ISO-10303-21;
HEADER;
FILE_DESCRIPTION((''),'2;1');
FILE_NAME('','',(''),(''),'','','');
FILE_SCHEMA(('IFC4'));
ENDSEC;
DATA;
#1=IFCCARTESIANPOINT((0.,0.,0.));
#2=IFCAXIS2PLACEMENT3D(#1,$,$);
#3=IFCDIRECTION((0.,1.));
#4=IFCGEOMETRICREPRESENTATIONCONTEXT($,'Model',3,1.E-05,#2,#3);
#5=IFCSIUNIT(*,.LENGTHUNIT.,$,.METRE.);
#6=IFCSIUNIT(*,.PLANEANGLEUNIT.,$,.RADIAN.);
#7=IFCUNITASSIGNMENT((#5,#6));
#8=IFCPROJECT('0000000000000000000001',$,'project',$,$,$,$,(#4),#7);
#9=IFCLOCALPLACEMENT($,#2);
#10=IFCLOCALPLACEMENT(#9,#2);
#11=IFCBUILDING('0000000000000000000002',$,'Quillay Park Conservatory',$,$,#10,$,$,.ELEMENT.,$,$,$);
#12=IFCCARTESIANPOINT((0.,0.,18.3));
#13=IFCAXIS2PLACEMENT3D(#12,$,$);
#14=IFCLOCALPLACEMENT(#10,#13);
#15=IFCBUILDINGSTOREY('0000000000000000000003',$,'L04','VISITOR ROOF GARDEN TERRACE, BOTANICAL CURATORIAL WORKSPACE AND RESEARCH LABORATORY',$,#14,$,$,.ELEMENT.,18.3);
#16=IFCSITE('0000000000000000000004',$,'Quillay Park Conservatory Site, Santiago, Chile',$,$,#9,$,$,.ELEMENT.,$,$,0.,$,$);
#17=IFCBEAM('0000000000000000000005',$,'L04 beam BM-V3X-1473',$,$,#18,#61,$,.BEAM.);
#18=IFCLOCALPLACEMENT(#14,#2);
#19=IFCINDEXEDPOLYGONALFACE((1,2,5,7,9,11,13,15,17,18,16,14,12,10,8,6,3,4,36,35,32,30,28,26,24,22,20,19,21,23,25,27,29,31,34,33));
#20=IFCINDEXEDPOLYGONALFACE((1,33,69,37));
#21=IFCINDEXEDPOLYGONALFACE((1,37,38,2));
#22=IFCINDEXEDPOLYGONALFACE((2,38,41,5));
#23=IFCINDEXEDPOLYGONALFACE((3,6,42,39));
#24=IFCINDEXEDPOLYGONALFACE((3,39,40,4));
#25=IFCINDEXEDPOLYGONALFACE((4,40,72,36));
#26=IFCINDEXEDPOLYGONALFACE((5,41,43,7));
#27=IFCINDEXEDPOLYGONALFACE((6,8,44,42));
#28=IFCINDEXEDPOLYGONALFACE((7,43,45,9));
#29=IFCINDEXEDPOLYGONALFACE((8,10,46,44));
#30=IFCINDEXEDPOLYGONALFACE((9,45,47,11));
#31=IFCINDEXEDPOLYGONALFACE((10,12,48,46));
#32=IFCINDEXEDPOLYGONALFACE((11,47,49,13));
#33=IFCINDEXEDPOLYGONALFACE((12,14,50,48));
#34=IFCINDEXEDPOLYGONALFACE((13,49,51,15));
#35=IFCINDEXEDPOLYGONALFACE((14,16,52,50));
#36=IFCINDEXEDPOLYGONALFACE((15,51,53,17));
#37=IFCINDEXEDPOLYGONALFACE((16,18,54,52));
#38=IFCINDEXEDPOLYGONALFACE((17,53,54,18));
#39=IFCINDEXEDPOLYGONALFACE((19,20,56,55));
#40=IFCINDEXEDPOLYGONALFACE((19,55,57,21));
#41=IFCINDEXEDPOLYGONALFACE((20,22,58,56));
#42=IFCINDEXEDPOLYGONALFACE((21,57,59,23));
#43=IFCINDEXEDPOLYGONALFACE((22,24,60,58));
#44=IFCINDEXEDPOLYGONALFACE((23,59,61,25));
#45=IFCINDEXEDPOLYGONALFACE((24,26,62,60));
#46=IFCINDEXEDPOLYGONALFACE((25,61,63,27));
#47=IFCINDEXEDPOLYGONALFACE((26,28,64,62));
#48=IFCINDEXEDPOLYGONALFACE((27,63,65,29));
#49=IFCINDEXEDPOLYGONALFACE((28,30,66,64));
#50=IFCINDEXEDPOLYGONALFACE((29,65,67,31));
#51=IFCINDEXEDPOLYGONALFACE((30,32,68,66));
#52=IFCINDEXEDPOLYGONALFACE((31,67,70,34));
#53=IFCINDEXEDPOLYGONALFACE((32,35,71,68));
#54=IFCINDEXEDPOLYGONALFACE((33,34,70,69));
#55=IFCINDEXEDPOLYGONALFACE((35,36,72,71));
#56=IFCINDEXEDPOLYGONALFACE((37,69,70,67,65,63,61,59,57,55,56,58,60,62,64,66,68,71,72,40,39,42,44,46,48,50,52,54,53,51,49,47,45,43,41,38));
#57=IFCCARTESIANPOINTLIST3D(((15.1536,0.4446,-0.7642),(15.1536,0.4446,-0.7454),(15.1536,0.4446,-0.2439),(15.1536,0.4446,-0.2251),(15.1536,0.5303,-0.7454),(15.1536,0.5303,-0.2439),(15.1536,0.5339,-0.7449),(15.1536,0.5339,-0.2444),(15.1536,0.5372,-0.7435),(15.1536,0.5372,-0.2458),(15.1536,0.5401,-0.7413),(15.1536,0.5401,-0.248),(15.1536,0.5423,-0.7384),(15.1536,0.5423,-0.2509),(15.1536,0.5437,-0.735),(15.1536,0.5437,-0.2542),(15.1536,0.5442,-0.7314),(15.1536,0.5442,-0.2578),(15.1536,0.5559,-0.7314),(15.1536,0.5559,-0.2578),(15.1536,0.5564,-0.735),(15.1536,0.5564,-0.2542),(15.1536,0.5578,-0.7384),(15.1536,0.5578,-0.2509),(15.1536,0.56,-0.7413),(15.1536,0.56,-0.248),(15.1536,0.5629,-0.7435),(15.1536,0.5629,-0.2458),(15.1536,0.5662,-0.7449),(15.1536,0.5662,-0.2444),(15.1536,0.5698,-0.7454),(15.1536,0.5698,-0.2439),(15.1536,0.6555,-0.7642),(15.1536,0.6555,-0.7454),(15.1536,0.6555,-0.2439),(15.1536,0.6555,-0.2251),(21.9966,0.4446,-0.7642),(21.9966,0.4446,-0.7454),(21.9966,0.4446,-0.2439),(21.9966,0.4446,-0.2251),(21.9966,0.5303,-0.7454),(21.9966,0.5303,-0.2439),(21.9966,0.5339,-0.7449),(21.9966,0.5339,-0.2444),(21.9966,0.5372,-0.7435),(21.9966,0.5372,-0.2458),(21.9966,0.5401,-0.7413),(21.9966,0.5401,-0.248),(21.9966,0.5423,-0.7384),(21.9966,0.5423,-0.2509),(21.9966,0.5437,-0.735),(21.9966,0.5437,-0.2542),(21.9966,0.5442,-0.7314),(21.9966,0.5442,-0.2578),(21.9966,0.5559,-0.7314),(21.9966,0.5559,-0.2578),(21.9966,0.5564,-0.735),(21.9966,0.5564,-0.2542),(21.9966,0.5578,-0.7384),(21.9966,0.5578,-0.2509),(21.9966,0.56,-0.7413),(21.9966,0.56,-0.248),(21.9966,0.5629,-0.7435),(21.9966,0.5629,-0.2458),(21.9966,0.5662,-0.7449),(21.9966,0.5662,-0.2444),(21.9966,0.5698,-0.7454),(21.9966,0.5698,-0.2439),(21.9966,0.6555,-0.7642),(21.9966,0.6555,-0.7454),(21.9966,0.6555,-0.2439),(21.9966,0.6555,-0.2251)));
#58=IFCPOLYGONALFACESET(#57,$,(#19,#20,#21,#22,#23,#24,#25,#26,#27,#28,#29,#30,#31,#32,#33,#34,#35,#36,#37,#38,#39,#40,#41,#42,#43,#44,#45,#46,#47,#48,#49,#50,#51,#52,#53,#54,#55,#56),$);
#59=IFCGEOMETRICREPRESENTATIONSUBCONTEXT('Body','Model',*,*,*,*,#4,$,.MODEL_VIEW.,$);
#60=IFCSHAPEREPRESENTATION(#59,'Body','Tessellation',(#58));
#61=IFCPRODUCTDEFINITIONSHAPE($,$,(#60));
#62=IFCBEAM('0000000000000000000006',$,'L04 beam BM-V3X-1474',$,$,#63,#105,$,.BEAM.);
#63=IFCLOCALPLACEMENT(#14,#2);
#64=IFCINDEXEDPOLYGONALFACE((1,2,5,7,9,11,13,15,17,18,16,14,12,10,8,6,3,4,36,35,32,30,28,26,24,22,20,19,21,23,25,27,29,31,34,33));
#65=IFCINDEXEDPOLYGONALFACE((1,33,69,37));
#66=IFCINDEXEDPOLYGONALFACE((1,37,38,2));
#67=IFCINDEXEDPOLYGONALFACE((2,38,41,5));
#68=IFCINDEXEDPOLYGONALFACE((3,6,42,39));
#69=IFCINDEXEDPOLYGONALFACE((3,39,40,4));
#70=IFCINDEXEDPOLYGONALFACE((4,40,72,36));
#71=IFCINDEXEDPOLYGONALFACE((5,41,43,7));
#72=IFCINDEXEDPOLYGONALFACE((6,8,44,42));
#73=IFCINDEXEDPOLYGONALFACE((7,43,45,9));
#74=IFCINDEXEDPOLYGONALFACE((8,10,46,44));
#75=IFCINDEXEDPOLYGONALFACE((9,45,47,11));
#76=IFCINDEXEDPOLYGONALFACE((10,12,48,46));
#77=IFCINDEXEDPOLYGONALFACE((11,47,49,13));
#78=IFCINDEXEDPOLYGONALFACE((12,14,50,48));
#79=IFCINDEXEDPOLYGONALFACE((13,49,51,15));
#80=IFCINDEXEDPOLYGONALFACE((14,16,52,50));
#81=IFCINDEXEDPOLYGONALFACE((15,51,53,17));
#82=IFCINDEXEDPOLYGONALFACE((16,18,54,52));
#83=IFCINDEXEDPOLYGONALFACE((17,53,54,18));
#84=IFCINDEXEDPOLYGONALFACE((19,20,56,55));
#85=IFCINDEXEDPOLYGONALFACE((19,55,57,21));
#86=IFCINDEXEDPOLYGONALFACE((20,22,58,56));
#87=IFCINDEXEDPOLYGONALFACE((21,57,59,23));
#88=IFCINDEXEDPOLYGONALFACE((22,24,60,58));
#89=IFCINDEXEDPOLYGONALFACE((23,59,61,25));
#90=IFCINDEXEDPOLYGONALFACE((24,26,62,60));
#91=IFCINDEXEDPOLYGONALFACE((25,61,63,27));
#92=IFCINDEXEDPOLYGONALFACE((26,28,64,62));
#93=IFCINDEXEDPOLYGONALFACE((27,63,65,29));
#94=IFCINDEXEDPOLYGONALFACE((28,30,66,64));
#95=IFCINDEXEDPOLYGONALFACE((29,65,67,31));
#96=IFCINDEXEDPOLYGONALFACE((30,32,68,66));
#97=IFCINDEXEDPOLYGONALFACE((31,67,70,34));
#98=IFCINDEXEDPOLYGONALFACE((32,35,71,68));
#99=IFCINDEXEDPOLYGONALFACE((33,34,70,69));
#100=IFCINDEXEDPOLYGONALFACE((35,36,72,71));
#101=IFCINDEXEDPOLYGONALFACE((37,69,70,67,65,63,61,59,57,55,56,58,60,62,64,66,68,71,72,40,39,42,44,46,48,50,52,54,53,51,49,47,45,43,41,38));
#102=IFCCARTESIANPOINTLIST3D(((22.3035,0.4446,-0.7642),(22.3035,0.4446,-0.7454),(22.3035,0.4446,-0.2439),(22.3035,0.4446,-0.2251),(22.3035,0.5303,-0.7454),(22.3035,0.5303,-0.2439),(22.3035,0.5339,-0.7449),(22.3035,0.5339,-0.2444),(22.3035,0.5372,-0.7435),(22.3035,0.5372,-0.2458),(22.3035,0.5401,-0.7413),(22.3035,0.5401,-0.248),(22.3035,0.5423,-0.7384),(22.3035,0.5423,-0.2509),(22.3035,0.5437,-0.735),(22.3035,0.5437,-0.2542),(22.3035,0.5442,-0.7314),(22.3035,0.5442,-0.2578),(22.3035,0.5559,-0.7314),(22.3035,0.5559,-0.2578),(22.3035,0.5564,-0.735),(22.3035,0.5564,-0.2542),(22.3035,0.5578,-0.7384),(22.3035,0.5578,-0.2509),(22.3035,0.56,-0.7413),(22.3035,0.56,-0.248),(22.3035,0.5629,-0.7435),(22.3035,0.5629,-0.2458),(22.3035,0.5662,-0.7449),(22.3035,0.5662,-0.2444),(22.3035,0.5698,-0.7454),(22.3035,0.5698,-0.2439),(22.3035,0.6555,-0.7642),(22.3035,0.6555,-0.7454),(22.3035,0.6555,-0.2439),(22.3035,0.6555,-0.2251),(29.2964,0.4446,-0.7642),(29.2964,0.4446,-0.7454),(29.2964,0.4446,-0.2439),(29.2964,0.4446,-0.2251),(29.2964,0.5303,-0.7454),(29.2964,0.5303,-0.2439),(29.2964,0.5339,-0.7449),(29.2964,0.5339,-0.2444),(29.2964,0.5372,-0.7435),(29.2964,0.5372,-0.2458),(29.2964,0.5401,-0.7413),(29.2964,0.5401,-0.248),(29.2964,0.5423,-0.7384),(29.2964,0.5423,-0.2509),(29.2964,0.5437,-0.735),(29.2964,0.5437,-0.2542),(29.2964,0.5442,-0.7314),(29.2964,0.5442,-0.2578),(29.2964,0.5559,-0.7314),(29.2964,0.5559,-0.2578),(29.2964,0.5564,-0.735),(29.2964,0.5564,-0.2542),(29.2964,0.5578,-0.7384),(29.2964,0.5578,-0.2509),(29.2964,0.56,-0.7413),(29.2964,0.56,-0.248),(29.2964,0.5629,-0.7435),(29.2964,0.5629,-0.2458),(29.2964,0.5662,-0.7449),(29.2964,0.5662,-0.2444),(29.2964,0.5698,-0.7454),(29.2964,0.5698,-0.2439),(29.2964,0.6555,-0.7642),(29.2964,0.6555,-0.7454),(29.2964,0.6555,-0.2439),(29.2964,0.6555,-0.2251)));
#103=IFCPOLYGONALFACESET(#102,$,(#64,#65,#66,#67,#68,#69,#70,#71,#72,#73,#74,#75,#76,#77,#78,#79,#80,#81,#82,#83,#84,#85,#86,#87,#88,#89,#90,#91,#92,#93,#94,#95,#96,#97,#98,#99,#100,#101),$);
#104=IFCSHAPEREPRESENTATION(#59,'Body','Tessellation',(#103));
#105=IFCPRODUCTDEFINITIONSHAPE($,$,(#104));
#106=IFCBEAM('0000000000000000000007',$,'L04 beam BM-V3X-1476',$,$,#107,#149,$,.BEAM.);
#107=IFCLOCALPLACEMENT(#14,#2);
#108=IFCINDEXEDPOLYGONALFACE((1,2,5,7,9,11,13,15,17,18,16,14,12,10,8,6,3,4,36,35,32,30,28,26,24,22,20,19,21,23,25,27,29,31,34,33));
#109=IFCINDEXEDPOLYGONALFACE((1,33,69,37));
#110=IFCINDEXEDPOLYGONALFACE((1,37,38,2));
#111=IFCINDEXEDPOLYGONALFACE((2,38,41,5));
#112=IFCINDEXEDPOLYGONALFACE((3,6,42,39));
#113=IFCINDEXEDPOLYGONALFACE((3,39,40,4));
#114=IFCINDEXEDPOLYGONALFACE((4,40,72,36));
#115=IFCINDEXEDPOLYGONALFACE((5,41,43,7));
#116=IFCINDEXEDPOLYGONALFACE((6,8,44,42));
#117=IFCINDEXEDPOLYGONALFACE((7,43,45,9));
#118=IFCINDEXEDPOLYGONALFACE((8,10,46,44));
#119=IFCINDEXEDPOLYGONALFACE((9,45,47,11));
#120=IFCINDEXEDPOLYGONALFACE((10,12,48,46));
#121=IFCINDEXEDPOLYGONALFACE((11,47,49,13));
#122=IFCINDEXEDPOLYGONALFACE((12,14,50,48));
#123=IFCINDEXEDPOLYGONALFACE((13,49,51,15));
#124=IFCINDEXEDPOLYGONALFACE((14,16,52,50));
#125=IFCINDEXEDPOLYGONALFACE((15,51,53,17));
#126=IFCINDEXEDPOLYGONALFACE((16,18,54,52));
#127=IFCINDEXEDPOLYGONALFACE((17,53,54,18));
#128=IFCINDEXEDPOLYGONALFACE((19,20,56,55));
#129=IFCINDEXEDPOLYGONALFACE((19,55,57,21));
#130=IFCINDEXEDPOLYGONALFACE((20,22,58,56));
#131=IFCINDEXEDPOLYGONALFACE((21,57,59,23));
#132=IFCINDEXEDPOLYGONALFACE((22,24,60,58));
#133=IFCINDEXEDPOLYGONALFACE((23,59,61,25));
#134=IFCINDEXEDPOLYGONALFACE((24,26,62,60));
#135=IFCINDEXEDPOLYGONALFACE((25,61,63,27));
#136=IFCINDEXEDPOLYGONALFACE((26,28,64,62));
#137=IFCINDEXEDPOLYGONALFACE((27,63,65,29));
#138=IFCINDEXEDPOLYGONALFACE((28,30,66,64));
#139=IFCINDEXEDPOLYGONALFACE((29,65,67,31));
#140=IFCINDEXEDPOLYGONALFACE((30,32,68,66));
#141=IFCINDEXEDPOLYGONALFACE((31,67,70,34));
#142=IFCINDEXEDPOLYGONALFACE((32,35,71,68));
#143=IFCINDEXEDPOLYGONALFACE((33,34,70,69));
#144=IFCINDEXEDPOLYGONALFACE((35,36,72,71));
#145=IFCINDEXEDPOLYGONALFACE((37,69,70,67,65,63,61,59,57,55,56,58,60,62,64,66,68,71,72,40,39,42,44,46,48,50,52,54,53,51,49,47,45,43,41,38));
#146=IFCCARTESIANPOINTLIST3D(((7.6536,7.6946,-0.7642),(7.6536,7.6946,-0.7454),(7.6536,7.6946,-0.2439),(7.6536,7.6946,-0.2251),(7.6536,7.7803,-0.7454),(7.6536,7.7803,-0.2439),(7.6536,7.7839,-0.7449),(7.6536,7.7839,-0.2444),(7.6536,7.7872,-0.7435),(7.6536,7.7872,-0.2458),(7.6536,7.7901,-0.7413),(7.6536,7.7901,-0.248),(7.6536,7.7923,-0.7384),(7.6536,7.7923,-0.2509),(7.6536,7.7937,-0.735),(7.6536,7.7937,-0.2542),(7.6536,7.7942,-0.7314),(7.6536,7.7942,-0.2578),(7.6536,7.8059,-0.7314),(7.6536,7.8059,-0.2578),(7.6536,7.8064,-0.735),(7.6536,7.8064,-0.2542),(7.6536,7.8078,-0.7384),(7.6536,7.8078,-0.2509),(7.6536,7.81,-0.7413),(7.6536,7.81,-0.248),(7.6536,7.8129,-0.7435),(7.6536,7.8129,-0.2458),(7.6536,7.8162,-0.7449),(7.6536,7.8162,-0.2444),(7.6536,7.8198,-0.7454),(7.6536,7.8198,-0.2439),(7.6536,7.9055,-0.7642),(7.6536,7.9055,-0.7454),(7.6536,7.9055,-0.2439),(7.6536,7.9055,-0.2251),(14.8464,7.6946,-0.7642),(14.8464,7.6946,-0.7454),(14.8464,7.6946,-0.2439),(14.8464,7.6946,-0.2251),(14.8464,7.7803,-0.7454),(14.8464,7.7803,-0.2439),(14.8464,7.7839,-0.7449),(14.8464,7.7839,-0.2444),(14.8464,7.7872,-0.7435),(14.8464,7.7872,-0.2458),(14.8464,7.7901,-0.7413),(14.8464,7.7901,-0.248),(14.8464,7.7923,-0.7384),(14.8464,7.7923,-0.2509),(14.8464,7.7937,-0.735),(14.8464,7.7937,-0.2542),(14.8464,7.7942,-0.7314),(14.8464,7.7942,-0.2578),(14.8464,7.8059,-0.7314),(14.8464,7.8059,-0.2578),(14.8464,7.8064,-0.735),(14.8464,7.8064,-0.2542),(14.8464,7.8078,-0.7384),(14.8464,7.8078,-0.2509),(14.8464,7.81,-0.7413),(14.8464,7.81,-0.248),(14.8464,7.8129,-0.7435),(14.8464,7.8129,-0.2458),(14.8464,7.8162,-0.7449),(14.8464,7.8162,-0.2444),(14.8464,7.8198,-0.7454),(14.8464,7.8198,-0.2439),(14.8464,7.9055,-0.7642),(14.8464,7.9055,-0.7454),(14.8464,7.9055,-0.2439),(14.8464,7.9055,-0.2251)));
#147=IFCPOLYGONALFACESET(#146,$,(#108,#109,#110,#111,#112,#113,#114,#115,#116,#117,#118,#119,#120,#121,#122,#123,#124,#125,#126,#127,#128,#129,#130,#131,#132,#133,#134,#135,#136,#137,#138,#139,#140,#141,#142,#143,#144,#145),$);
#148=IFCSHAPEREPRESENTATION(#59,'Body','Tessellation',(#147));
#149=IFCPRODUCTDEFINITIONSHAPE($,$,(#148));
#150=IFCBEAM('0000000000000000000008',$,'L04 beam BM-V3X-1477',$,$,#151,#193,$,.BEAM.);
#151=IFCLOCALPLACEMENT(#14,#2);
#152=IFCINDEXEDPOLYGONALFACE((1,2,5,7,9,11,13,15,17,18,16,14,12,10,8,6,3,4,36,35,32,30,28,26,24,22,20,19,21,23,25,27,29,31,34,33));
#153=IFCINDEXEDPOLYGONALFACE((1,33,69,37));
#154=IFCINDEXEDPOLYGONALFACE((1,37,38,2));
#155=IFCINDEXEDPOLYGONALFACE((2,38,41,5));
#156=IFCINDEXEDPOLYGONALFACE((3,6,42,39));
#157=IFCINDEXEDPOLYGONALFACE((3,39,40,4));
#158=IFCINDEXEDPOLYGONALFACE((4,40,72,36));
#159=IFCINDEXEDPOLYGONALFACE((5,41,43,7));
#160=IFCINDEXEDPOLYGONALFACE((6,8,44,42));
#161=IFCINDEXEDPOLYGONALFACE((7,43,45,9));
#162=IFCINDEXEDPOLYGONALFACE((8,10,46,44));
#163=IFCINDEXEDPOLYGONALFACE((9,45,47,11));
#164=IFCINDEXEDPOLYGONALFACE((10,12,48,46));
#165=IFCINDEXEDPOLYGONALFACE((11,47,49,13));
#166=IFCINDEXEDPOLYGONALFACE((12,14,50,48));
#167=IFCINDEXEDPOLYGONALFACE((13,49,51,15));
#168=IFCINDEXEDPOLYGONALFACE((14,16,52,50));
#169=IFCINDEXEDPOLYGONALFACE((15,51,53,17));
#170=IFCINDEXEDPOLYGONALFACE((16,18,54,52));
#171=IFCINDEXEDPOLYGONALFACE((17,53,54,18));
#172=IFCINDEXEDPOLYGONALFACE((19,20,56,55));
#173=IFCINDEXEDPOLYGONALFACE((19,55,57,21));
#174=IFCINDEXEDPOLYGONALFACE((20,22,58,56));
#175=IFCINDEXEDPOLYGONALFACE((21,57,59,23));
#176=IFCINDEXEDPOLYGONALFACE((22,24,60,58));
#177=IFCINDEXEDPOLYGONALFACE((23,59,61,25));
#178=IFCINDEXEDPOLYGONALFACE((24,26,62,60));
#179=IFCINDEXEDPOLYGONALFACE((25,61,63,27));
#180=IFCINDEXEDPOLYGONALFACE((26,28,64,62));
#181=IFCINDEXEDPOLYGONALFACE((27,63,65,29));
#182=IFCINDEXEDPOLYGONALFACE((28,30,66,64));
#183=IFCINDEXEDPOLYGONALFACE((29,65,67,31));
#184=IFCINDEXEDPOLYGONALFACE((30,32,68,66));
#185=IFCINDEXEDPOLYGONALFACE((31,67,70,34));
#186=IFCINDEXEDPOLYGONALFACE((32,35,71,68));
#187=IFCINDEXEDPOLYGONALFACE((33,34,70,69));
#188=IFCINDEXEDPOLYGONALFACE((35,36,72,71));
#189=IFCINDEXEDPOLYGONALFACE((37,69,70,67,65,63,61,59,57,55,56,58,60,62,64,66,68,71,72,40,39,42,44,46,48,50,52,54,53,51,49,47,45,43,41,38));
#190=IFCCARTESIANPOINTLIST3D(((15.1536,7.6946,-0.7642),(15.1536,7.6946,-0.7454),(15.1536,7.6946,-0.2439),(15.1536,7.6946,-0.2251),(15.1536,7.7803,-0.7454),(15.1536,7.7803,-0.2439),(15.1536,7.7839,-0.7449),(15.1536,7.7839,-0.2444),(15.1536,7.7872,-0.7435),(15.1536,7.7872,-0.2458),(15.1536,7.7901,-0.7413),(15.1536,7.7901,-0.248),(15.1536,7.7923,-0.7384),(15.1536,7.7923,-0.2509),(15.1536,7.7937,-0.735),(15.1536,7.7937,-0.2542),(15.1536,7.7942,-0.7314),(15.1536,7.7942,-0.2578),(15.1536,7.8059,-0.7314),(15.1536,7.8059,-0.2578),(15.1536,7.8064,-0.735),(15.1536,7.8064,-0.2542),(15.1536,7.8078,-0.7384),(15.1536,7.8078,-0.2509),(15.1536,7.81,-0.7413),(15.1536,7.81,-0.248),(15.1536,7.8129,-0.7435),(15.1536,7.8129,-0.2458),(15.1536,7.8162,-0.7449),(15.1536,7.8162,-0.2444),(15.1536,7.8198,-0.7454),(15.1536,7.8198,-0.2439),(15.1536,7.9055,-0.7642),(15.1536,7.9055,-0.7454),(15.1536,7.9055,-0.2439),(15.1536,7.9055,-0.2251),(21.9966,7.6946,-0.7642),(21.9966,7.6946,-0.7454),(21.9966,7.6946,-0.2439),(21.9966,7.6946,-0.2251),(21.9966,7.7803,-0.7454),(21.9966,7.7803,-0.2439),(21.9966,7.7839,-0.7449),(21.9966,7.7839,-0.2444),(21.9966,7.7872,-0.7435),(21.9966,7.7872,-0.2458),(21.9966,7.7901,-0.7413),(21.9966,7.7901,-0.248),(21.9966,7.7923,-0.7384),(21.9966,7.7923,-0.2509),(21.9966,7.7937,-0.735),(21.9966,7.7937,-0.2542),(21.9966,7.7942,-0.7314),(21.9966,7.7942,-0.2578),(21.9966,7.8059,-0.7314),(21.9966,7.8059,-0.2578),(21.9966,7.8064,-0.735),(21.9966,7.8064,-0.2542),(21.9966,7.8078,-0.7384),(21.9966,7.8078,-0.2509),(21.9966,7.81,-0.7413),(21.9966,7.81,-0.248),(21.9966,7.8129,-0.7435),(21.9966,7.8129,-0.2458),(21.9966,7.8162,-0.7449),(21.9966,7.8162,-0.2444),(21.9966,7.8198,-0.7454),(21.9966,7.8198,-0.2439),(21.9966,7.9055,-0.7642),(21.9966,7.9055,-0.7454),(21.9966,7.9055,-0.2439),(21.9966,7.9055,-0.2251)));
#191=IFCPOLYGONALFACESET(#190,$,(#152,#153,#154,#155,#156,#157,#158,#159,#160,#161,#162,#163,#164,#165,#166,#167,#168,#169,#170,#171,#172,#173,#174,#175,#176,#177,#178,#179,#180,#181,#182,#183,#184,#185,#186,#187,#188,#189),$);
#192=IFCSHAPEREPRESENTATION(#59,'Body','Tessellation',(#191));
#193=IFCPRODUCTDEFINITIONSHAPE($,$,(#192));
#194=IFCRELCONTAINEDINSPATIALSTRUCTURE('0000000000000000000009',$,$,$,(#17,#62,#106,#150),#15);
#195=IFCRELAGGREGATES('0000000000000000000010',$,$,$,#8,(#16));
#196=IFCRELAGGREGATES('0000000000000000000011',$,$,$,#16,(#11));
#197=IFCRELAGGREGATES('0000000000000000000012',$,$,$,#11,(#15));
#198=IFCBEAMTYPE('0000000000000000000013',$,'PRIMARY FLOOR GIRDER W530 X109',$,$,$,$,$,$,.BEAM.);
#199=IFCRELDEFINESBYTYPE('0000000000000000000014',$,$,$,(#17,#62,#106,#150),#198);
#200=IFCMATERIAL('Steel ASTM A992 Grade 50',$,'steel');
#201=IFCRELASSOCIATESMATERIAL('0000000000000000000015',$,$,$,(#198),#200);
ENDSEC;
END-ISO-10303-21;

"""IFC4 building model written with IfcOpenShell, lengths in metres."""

from ifc_helpers import new_model, si_unit, direction, frame, origin, origin_2d, place, context, subcontext, project, spatial, i_section, extrude, material, material_profile, profile_set, type_object, element, save


model = new_model("IFC4")

# Units and contexts
model_context = context("Model", 3, precision=1e-05, world=origin(), true_north=direction((0.0, 1.0)))
body_context = subcontext(model_context, "Body", "Model", "MODEL_VIEW")
ifc_project = project(units=[si_unit("LENGTHUNIT", "METRE"), si_unit("PLANEANGLEUNIT", "RADIAN")], contexts=[model_context])

# Site, building, storey
site_placement = place(None, origin())
site = spatial("IfcSite", under=ifc_project, at=site_placement, Name="Quillay Park Conservatory Site, Santiago, Chile", CompositionType="ELEMENT", RefElevation=0.0)
building_placement = place(site_placement, origin())
building = spatial("IfcBuilding", under=site, at=building_placement, Name="Quillay Park Conservatory", CompositionType="ELEMENT")
storey_placement = place(building_placement, frame((0.0, 0.0, 18.3)))
storey = spatial("IfcBuildingStorey", under=building, at=storey_placement, Name="L04", Description="VISITOR ROOF GARDEN TERRACE, BOTANICAL CURATORIAL WORKSPACE AND RESEARCH LABORATORY", CompositionType="ELEMENT", Elevation=18.3)

# Beams
ifc_material_1 = material(Name="Steel ASTM A992 Grade 50", Category="steel")
ifc_material_profile_1 = material_profile(ifc_material_1, i_section(OverallWidth=0.2109, OverallDepth=0.5391, WebThickness=0.0117, FlangeThickness=0.0188, FilletRadius=0.0139, at=origin_2d()), Name="W530x109")
ifc_profile_set_1 = profile_set([ifc_material_profile_1], Name="Steel ASTM A992 Grade 50")
beam_type_1 = type_object("IfcBeamType", Name="PRIMARY FLOOR GIRDER W530 X109", PredefinedType="BEAM", material=ifc_profile_set_1)
beam_1_placement = place(storey_placement, frame((15.1536, 0.55, -0.4946), z_axis=(1.0, 0.0, 0.0), x_axis=(0.0, 1.0, 0.0)))
element("IfcBeam", 1, at=beam_1_placement, inside=storey, type_object=beam_type_1, Name="L04 beam BM-V3X-1473", PredefinedType="BEAM", context=body_context, shape_type="SweptSolid", body=[
    extrude(i_section(OverallWidth=0.2109, OverallDepth=0.5391, WebThickness=0.0117, FlangeThickness=0.0188, FilletRadius=0.0139, at=origin_2d()), origin(), (0.0, 0.0, 1.0), 6.843),
])
beam_2_placement = place(storey_placement, frame((22.3035, 0.55, -0.4946), z_axis=(1.0, 0.0, 0.0), x_axis=(0.0, 1.0, 0.0)))
element("IfcBeam", 2, at=beam_2_placement, inside=storey, type_object=beam_type_1, Name="L04 beam BM-V3X-1474", PredefinedType="BEAM", context=body_context, shape_type="SweptSolid", body=[
    extrude(i_section(OverallWidth=0.2109, OverallDepth=0.5391, WebThickness=0.0117, FlangeThickness=0.0188, FilletRadius=0.0139, at=origin_2d()), origin(), (0.0, 0.0, 1.0), 6.9929),
])
beam_3_placement = place(storey_placement, frame((7.6536, 7.8, -0.4946), z_axis=(1.0, 0.0, 0.0), x_axis=(0.0, 1.0, 0.0)))
element("IfcBeam", 3, at=beam_3_placement, inside=storey, type_object=beam_type_1, Name="L04 beam BM-V3X-1476", PredefinedType="BEAM", context=body_context, shape_type="SweptSolid", body=[
    extrude(i_section(OverallWidth=0.2109, OverallDepth=0.5391, WebThickness=0.0117, FlangeThickness=0.0188, FilletRadius=0.0139, at=origin_2d()), origin(), (0.0, 0.0, 1.0), 7.1929),
])
beam_4_placement = place(storey_placement, frame((15.1536, 7.8, -0.4946), z_axis=(1.0, 0.0, 0.0), x_axis=(0.0, 1.0, 0.0)))
element("IfcBeam", 4, at=beam_4_placement, inside=storey, type_object=beam_type_1, Name="L04 beam BM-V3X-1477", PredefinedType="BEAM", context=body_context, shape_type="SweptSolid", body=[
    extrude(i_section(OverallWidth=0.2109, OverallDepth=0.5391, WebThickness=0.0117, FlangeThickness=0.0188, FilletRadius=0.0139, at=origin_2d()), origin(), (0.0, 0.0, 1.0), 6.843),
])

save(model, "model.ifc")
